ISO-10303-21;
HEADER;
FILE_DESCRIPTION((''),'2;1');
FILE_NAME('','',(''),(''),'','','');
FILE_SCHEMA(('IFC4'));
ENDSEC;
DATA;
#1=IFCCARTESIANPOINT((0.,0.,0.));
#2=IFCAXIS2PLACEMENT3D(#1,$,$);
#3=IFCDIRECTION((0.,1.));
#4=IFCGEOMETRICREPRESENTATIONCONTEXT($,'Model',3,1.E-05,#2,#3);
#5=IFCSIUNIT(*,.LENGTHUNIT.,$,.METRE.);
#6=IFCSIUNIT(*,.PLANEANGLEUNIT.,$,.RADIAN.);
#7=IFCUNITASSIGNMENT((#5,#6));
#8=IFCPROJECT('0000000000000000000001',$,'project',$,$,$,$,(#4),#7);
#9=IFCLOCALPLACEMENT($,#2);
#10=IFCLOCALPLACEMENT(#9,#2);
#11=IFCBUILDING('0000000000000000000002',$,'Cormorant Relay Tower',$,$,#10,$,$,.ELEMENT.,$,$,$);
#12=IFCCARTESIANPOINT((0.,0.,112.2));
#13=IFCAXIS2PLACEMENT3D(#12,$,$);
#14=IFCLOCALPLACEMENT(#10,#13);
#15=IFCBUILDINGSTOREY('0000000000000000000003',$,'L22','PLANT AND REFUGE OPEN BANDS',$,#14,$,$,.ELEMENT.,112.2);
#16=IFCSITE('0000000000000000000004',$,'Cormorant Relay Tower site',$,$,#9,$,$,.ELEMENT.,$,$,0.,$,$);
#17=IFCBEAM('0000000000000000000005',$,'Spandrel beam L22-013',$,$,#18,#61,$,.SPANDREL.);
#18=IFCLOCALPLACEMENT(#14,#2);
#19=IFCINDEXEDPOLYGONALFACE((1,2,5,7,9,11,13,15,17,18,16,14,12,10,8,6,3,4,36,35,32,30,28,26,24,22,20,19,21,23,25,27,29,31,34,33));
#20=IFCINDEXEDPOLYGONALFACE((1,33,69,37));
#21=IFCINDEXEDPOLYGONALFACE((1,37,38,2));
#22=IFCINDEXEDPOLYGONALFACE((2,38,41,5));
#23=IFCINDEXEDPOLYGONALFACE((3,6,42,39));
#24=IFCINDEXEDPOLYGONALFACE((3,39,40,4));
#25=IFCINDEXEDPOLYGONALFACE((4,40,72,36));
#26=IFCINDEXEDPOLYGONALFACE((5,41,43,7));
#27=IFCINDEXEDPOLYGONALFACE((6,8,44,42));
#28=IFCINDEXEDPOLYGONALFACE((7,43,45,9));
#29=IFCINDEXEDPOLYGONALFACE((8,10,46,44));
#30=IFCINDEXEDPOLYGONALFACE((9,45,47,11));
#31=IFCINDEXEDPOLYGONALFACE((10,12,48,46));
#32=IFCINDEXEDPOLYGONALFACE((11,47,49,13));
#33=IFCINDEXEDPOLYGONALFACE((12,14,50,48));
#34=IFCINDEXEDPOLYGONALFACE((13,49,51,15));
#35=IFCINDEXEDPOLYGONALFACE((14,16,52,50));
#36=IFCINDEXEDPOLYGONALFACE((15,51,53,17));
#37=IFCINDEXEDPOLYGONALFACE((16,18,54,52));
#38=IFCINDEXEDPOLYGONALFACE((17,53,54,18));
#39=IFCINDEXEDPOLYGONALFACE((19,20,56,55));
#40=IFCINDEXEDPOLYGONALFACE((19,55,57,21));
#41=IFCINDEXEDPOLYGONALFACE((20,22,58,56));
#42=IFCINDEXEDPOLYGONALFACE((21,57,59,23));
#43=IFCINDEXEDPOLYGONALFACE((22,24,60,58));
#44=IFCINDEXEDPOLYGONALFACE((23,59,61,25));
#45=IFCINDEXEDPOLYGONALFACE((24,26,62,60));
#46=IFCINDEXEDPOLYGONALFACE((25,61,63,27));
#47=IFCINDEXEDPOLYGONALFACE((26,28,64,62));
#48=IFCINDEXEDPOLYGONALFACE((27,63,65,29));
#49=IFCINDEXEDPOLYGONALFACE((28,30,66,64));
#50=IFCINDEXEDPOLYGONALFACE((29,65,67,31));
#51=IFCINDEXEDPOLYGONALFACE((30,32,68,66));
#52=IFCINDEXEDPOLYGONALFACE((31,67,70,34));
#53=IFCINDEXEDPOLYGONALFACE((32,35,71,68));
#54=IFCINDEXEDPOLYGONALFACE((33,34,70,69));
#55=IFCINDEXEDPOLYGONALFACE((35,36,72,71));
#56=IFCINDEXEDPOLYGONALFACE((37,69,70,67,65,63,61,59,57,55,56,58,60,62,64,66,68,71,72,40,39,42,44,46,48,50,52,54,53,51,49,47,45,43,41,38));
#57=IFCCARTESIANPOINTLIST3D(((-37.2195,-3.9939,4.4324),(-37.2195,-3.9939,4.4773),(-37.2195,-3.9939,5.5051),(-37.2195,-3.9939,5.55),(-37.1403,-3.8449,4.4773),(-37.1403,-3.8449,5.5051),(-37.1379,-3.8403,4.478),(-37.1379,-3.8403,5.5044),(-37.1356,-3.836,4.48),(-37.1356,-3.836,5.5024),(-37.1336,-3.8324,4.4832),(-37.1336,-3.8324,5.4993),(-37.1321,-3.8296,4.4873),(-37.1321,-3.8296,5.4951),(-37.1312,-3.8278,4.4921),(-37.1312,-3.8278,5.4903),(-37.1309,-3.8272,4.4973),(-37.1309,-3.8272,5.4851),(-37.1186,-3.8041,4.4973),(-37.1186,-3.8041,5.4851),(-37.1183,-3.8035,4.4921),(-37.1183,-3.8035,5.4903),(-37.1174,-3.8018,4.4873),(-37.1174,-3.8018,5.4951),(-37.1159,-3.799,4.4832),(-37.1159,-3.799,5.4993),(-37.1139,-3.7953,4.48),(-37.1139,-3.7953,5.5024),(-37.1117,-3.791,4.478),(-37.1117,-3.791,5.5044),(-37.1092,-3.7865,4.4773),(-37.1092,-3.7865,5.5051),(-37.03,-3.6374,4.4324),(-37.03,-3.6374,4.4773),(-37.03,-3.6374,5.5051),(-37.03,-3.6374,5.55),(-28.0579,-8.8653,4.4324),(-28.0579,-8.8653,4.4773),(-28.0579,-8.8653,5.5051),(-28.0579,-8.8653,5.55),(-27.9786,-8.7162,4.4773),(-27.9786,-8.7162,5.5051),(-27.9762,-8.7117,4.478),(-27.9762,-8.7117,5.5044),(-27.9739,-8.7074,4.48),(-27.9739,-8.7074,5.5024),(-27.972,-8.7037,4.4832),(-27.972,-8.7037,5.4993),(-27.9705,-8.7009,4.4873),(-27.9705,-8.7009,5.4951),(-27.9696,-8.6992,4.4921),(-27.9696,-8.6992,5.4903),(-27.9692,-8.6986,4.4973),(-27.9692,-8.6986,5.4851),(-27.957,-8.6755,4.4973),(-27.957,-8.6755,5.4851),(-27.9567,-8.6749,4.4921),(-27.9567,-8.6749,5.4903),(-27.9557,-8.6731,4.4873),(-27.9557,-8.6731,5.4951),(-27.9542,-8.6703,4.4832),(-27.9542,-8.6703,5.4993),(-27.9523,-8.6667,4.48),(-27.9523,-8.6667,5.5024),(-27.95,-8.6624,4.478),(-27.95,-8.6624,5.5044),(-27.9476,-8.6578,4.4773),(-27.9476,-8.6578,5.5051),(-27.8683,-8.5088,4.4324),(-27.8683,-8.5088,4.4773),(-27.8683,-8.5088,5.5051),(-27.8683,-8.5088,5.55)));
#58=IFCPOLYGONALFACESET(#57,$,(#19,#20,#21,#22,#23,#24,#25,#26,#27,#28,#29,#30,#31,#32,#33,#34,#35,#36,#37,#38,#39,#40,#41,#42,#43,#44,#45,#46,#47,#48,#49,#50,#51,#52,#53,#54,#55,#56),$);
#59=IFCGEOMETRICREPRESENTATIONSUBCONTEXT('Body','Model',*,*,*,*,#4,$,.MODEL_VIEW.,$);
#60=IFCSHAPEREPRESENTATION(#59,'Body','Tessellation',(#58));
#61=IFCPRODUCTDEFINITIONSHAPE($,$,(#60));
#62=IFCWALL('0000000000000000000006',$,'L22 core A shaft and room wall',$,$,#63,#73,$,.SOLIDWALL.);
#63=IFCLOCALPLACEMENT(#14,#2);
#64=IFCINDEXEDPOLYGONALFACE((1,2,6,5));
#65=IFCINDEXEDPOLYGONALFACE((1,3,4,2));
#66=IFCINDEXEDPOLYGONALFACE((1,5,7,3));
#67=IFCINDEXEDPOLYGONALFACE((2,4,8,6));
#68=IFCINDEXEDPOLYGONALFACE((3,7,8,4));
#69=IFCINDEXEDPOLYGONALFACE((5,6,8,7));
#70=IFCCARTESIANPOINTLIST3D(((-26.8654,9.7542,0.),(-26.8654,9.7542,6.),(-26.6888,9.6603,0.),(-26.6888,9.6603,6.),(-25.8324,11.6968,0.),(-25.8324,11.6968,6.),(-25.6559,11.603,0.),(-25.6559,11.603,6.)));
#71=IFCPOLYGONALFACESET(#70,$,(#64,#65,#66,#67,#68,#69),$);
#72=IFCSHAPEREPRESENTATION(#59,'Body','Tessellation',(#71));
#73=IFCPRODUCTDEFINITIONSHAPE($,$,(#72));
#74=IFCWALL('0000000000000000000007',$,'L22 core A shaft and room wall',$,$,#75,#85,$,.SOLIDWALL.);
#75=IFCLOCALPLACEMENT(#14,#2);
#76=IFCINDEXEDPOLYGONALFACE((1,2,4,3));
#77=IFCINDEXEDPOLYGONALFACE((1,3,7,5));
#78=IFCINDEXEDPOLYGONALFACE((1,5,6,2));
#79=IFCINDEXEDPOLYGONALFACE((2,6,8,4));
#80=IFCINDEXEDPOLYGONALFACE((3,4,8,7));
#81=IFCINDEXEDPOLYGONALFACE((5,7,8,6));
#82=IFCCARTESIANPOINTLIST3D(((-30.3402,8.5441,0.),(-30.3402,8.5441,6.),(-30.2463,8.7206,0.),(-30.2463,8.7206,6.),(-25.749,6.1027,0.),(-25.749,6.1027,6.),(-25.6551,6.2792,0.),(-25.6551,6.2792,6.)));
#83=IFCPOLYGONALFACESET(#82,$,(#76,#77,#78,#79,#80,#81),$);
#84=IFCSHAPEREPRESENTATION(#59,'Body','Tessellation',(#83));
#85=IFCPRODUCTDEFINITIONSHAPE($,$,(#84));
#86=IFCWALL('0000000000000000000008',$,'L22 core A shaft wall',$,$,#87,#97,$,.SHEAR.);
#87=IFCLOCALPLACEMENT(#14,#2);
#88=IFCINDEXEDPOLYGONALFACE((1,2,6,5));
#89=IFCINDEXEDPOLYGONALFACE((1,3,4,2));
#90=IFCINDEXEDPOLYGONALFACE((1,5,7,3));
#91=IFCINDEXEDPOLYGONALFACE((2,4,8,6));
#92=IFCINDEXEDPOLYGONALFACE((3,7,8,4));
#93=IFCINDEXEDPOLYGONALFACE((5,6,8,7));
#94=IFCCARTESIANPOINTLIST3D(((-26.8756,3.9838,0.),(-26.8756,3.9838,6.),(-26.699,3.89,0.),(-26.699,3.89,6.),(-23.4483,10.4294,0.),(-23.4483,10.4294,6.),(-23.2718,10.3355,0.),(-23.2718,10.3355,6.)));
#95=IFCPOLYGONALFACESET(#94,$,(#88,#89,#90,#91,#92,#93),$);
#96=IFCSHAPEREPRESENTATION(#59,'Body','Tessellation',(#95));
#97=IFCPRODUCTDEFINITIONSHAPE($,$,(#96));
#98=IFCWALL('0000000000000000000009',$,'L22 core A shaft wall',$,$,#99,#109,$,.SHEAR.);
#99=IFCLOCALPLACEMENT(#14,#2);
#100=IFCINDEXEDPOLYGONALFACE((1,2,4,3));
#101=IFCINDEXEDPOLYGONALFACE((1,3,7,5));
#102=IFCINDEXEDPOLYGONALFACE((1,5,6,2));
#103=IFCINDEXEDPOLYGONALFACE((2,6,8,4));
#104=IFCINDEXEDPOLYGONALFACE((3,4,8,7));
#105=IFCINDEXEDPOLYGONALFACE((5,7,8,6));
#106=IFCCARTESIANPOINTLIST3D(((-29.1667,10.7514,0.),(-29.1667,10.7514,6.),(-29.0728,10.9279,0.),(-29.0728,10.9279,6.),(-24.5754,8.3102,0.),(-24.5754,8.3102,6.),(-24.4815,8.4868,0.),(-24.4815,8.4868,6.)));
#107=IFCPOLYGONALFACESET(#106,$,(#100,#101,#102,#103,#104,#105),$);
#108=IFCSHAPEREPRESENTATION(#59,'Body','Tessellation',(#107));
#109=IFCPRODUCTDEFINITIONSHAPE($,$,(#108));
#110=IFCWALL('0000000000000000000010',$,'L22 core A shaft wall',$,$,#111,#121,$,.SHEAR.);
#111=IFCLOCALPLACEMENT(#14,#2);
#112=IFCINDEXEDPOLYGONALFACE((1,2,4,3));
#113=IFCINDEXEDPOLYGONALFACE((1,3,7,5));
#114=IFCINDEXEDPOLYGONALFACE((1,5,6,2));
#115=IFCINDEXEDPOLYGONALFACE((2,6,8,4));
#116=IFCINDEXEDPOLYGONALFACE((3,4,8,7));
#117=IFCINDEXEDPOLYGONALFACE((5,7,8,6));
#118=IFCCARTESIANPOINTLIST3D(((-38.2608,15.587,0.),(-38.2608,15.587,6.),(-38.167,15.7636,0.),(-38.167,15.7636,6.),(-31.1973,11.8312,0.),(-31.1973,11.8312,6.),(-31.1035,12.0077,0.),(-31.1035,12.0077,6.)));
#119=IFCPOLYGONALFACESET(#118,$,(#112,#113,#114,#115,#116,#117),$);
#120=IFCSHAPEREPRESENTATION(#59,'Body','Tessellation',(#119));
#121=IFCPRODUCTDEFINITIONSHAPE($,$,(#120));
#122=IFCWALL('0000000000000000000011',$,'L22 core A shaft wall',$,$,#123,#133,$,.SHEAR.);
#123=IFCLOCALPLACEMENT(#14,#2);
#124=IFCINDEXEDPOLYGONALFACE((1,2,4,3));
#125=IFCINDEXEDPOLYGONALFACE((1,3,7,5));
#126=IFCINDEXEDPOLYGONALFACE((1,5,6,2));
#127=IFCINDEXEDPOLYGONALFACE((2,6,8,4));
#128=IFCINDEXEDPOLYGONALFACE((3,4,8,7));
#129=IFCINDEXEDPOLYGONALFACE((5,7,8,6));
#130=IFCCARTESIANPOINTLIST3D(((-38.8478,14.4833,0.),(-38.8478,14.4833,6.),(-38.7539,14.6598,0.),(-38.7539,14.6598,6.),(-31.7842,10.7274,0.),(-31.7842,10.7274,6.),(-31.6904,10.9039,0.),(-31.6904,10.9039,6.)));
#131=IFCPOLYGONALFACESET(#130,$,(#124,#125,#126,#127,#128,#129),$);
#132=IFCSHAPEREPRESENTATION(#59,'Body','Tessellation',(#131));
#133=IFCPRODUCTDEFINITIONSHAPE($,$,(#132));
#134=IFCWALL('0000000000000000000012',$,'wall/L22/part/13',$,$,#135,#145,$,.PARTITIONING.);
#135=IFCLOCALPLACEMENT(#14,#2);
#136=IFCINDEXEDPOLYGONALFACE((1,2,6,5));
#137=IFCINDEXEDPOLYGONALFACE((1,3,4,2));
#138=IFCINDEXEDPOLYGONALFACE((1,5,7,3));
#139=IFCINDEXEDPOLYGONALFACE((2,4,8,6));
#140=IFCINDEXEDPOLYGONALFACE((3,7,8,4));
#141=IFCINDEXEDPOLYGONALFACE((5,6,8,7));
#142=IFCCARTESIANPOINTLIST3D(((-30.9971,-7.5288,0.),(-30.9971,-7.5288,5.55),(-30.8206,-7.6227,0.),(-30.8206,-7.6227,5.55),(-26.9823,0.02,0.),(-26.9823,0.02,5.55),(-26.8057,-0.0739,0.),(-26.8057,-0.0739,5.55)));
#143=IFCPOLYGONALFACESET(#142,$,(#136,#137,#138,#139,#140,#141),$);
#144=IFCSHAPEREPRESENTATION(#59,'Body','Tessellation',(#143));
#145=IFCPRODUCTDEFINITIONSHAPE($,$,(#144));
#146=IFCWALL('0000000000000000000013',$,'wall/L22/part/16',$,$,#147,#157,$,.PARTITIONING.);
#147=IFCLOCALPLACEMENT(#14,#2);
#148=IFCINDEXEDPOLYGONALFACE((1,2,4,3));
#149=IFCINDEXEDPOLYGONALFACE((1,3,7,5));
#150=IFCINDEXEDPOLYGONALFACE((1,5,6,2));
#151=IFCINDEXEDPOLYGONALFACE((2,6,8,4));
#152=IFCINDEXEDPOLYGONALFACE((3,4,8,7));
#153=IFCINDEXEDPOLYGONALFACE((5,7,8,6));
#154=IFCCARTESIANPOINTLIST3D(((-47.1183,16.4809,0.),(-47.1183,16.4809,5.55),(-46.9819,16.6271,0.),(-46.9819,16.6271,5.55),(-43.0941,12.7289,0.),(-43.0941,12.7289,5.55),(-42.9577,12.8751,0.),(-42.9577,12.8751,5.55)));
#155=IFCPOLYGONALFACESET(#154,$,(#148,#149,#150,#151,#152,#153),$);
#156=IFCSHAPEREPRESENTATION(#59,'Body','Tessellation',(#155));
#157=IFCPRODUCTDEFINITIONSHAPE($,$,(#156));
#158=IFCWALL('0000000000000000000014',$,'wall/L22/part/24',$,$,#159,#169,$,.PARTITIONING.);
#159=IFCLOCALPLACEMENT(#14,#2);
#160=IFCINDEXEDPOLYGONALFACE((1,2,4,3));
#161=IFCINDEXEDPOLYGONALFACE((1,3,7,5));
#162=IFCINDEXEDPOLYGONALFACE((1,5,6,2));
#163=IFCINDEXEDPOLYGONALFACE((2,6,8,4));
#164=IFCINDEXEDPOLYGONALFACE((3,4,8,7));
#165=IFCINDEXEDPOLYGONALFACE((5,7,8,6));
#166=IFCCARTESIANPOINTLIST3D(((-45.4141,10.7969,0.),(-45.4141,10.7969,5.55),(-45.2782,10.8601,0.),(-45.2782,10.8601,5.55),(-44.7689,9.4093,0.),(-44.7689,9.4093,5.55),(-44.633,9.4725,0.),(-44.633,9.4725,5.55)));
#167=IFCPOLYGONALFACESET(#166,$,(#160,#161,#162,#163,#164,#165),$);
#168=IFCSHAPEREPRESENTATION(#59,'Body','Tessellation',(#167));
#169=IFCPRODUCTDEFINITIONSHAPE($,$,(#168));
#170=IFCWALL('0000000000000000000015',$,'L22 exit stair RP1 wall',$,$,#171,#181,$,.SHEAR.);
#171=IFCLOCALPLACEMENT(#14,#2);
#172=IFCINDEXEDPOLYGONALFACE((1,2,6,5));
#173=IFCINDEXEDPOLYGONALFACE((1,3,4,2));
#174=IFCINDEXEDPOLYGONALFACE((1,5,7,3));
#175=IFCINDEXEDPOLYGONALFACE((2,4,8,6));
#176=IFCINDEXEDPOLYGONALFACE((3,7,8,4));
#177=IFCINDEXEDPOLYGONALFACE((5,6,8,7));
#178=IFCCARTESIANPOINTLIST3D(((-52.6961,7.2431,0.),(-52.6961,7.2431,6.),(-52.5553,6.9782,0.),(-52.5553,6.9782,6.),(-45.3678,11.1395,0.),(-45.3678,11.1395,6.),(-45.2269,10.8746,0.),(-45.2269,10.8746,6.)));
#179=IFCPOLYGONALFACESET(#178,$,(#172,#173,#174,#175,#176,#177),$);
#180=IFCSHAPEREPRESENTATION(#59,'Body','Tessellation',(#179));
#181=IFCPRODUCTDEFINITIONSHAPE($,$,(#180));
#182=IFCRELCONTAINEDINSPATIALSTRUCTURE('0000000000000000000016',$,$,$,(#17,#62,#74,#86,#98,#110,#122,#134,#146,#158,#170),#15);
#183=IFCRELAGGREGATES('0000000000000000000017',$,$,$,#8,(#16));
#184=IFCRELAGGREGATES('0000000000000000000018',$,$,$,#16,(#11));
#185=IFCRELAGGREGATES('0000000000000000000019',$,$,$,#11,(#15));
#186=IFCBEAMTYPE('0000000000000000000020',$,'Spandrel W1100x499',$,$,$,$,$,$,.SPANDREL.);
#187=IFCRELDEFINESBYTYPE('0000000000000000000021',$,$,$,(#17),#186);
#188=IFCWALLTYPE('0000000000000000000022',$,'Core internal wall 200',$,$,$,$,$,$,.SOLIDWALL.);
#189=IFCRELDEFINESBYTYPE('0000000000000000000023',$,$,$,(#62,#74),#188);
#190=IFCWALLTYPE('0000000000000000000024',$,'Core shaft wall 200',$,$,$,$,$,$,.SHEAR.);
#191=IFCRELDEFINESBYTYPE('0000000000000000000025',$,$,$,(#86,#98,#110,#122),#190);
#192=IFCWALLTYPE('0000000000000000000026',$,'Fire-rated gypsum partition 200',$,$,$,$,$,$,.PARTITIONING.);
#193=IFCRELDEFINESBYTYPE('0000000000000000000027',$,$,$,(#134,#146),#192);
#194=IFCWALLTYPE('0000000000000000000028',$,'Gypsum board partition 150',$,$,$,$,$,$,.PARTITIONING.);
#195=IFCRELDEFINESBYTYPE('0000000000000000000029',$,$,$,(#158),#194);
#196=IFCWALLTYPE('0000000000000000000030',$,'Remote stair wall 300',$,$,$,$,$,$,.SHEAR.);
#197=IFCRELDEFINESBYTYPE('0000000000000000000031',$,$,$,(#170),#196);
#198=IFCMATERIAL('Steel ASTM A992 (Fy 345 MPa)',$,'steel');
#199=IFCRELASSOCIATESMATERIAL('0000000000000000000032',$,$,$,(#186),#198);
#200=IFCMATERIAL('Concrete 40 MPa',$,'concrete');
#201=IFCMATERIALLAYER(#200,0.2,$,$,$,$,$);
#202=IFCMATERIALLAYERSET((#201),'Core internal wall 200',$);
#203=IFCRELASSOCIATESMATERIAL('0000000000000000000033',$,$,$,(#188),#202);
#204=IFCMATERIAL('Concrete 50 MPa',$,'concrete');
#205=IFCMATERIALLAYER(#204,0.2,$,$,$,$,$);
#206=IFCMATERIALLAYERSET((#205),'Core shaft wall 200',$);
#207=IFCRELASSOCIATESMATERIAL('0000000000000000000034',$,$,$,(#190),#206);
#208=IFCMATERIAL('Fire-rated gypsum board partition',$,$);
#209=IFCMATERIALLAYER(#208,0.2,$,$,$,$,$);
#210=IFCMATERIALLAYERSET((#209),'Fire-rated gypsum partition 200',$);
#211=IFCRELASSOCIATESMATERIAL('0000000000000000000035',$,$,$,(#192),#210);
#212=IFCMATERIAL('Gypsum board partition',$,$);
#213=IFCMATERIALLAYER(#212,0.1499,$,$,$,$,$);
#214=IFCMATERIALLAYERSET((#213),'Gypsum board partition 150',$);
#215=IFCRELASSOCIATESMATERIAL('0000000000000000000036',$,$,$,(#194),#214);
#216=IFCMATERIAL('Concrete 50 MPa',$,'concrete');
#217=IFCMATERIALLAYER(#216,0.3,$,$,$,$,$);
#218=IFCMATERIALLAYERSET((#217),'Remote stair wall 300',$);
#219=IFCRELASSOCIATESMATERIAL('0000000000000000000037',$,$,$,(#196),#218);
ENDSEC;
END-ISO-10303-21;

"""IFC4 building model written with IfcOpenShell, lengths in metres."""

from ifc_helpers import new_model, si_unit, direction, frame, frame_2d, origin, origin_2d, place, context, subcontext, project, spatial, rectangle, i_section, extrude, material, layer, layer_set, material_profile, profile_set, type_object, element, save


model = new_model("IFC4")

# Units and contexts
model_context = context("Model", 3, precision=1e-05, world=origin(), true_north=direction((0.0, 1.0)))
body_context = subcontext(model_context, "Body", "Model", "MODEL_VIEW")
ifc_project = project(units=[si_unit("LENGTHUNIT", "METRE"), si_unit("PLANEANGLEUNIT", "RADIAN")], contexts=[model_context])

# Site, building, storey
site_placement = place(None, origin())
site = spatial("IfcSite", under=ifc_project, at=site_placement, Name="Cormorant Relay Tower site", CompositionType="ELEMENT", RefElevation=0.0)
building_placement = place(site_placement, origin())
building = spatial("IfcBuilding", under=site, at=building_placement, Name="Cormorant Relay Tower", CompositionType="ELEMENT")
storey_placement = place(building_placement, frame((0.0, 0.0, 112.2)))
storey = spatial("IfcBuildingStorey", under=building, at=storey_placement, Name="L22", Description="PLANT AND REFUGE OPEN BANDS", CompositionType="ELEMENT", Elevation=112.2)

# Beam
ifc_material_1 = material(Name="Steel ASTM A992 (Fy 345 MPa)", Category="steel")
ifc_material_profile_1 = material_profile(ifc_material_1, i_section(OverallWidth=0.4038, OverallDepth=1.1177, WebThickness=0.0261, FlangeThickness=0.0449, FilletRadius=0.02, at=origin_2d()), Name="W1100x499")
ifc_profile_set_1 = profile_set([ifc_material_profile_1], Name="Steel ASTM A992 (Fy 345 MPa)")
beam_type = type_object("IfcBeamType", Name="Spandrel W1100x499", PredefinedType="SPANDREL", material=ifc_profile_set_1)
beam_placement = place(storey_placement, frame((-37.1248, -3.8157, 4.9912), z_axis=(0.882947, -0.469473, 0.0), x_axis=(0.469473, 0.882947, 0.0)))
element("IfcBeam", 1, at=beam_placement, inside=storey, type_object=beam_type, Name="Spandrel beam L22-013", PredefinedType="SPANDREL", context=body_context, shape_type="SweptSolid", body=[
    extrude(i_section(OverallWidth=0.4038, OverallDepth=1.1177, WebThickness=0.0261, FlangeThickness=0.0449, FilletRadius=0.02, at=origin_2d()), origin(), (0.0, 0.0, 1.0), 10.3762),
])

# Walls
ifc_material_2 = material(Name="Concrete 40 MPa", Category="concrete")
ifc_layer_1 = layer(ifc_material_2, 0.2)
ifc_layer_set_1 = layer_set([ifc_layer_1], Name="Core internal wall 200")
wall_type_1 = type_object("IfcWallType", Name="Core internal wall 200", PredefinedType="SOLIDWALL", material=ifc_layer_set_1)
wall_1_placement = place(storey_placement, frame((-25.7441, 11.6499, 0.0), z_axis=(0.0, 0.0, 1.0), x_axis=(-0.469488, -0.882939, 0.0)))
element("IfcWall", 2, at=wall_1_placement, inside=storey, type_object=wall_type_1, Name="L22 core A shaft and room wall", PredefinedType="SOLIDWALL", context=body_context, shape_type="SweptSolid", body=[
    extrude(rectangle(XDim=2.2002, YDim=0.2, at=frame_2d((1.1001, 0.0))), origin(), (0.0, 0.0, 1.0), 6.0),
])
wall_2_placement = place(storey_placement, frame((-25.7019, 6.1909, 0.0), z_axis=(0.0, 0.0, 1.0), x_axis=(-0.882935, 0.469496, 0.0)))
element("IfcWall", 3, at=wall_2_placement, inside=storey, type_object=wall_type_1, Name="L22 core A shaft and room wall", PredefinedType="SOLIDWALL", context=body_context, shape_type="SweptSolid", body=[
    extrude(rectangle(XDim=5.2, YDim=0.2, at=frame_2d((2.6001, 0.0))), origin(), (0.0, 0.0, 1.0), 6.0),
])
ifc_material_3 = material(Name="Concrete 50 MPa", Category="concrete")
ifc_layer_2 = layer(ifc_material_3, 0.2)
ifc_layer_set_2 = layer_set([ifc_layer_2], Name="Core shaft wall 200")
wall_type_2 = type_object("IfcWallType", Name="Core shaft wall 200", PredefinedType="SHEAR", material=ifc_layer_set_2)
wall_3_placement = place(storey_placement, frame((-23.3601, 10.3823, 0.0), z_axis=(0.0, 0.0, 1.0), x_axis=(-0.46948, -0.882943, 0.0)))
element("IfcWall", 4, at=wall_3_placement, inside=storey, type_object=wall_type_2, Name="L22 core A shaft wall", PredefinedType="SHEAR", context=body_context, shape_type="SweptSolid", body=[
    extrude(rectangle(XDim=7.3, YDim=0.2, at=frame_2d((3.6499, 0.0))), origin(), (0.0, 0.0, 1.0), 6.0),
])
wall_4_placement = place(storey_placement, frame((-24.5283, 8.3984, 0.0), z_axis=(0.0, 0.0, 1.0), x_axis=(-0.882954, 0.46946, 0.0)))
element("IfcWall", 5, at=wall_4_placement, inside=storey, type_object=wall_type_2, Name="L22 core A shaft wall", PredefinedType="SHEAR", context=body_context, shape_type="SweptSolid", body=[
    extrude(rectangle(XDim=5.2, YDim=0.2, at=frame_2d((2.6001, 0.0))), origin(), (0.0, 0.0, 1.0), 6.0),
])
for number, where, z_axis, x_axis, name in (
    (6, (-31.1504, 11.9194, 0.0), (0.0, 0.0, 1.0), (-0.88294, 0.469485, 0.0), "L22 core A shaft wall"),
    (7, (-31.7373, 10.8157, 0.0), (0.0, 0.0, 1.0), (-0.88294, 0.469485, 0.0), "L22 core A shaft wall"),
):
    element("IfcWall", number, at=place(storey_placement, frame(where, z_axis=z_axis, x_axis=x_axis)), inside=storey, type_object=wall_type_2, Name=name, PredefinedType="SHEAR", context=body_context, shape_type="SweptSolid", body=[
        extrude(rectangle(XDim=8.0, YDim=0.2, at=frame_2d((4.0, 0.0))), origin(), (0.0, 0.0, 1.0), 6.0),
    ])
ifc_material_4 = material(Name="Fire-rated gypsum board partition")
ifc_layer_3 = layer(ifc_material_4, 0.2)
ifc_layer_set_3 = layer_set([ifc_layer_3], Name="Fire-rated gypsum partition 200")
wall_type_3 = type_object("IfcWallType", Name="Fire-rated gypsum partition 200", PredefinedType="PARTITIONING", material=ifc_layer_set_3)
wall_5_placement = place(storey_placement, frame((-26.894, -0.0271, 0.0), z_axis=(0.0, 0.0, 1.0), x_axis=(-0.469573, -0.882894, 0.0)))
element("IfcWall", 8, at=wall_5_placement, inside=storey, type_object=wall_type_3, Name="wall/L22/part/13", PredefinedType="PARTITIONING", context=body_context, shape_type="SweptSolid", body=[
    extrude(rectangle(XDim=8.55, YDim=0.2, at=frame_2d((4.2749, 0.0))), origin(), (0.0, 0.0, 1.0), 5.55),
])
wall_6_placement = place(storey_placement, frame((-43.0259, 12.802, 0.0), z_axis=(0.0, 0.0, 1.0), x_axis=(-0.731412, 0.681936, 0.0)))
element("IfcWall", 9, at=wall_6_placement, inside=storey, type_object=wall_type_3, Name="wall/L22/part/16", PredefinedType="PARTITIONING", context=body_context, shape_type="SweptSolid", body=[
    extrude(rectangle(XDim=5.502, YDim=0.2, at=frame_2d((2.751, 0.0))), origin(), (0.0, 0.0, 1.0), 5.55),
])
ifc_material_5 = material(Name="Gypsum board partition")
ifc_layer_4 = layer(ifc_material_5, 0.1499)
ifc_layer_set_4 = layer_set([ifc_layer_4], Name="Gypsum board partition 150")
wall_type_4 = type_object("IfcWallType", Name="Gypsum board partition 150", PredefinedType="PARTITIONING", material=ifc_layer_set_4)
wall_7_placement = place(storey_placement, frame((-44.7009, 9.4409, 0.0), z_axis=(0.0, 0.0, 1.0), x_axis=(-0.421636, 0.906765, 0.0)))
element("IfcWall", 10, at=wall_7_placement, inside=storey, type_object=wall_type_4, Name="wall/L22/part/24", PredefinedType="PARTITIONING", context=body_context, shape_type="SweptSolid", body=[
    extrude(rectangle(XDim=1.5303, YDim=0.1499, at=frame_2d((0.7651, 0.0))), origin(), (0.0, 0.0, 1.0), 5.55),
])
ifc_material_6 = material(Name="Concrete 50 MPa", Category="concrete")
ifc_layer_5 = layer(ifc_material_6, 0.3)
ifc_layer_set_5 = layer_set([ifc_layer_5], Name="Remote stair wall 300")
wall_type_5 = type_object("IfcWallType", Name="Remote stair wall 300", PredefinedType="SHEAR", material=ifc_layer_set_5)
wall_8_placement = place(storey_placement, frame((-45.2974, 11.0071, 0.0), z_axis=(0.0, 0.0, 1.0), x_axis=(-0.882952, -0.469464, 0.0)))
element("IfcWall", 11, at=wall_8_placement, inside=storey, type_object=wall_type_5, Name="L22 exit stair RP1 wall", PredefinedType="SHEAR", context=body_context, shape_type="SweptSolid", body=[
    extrude(rectangle(XDim=8.2998, YDim=0.3, at=frame_2d((4.1499, 0.0))), origin(), (0.0, 0.0, 1.0), 6.0),
])

save(model, "model.ifc")
